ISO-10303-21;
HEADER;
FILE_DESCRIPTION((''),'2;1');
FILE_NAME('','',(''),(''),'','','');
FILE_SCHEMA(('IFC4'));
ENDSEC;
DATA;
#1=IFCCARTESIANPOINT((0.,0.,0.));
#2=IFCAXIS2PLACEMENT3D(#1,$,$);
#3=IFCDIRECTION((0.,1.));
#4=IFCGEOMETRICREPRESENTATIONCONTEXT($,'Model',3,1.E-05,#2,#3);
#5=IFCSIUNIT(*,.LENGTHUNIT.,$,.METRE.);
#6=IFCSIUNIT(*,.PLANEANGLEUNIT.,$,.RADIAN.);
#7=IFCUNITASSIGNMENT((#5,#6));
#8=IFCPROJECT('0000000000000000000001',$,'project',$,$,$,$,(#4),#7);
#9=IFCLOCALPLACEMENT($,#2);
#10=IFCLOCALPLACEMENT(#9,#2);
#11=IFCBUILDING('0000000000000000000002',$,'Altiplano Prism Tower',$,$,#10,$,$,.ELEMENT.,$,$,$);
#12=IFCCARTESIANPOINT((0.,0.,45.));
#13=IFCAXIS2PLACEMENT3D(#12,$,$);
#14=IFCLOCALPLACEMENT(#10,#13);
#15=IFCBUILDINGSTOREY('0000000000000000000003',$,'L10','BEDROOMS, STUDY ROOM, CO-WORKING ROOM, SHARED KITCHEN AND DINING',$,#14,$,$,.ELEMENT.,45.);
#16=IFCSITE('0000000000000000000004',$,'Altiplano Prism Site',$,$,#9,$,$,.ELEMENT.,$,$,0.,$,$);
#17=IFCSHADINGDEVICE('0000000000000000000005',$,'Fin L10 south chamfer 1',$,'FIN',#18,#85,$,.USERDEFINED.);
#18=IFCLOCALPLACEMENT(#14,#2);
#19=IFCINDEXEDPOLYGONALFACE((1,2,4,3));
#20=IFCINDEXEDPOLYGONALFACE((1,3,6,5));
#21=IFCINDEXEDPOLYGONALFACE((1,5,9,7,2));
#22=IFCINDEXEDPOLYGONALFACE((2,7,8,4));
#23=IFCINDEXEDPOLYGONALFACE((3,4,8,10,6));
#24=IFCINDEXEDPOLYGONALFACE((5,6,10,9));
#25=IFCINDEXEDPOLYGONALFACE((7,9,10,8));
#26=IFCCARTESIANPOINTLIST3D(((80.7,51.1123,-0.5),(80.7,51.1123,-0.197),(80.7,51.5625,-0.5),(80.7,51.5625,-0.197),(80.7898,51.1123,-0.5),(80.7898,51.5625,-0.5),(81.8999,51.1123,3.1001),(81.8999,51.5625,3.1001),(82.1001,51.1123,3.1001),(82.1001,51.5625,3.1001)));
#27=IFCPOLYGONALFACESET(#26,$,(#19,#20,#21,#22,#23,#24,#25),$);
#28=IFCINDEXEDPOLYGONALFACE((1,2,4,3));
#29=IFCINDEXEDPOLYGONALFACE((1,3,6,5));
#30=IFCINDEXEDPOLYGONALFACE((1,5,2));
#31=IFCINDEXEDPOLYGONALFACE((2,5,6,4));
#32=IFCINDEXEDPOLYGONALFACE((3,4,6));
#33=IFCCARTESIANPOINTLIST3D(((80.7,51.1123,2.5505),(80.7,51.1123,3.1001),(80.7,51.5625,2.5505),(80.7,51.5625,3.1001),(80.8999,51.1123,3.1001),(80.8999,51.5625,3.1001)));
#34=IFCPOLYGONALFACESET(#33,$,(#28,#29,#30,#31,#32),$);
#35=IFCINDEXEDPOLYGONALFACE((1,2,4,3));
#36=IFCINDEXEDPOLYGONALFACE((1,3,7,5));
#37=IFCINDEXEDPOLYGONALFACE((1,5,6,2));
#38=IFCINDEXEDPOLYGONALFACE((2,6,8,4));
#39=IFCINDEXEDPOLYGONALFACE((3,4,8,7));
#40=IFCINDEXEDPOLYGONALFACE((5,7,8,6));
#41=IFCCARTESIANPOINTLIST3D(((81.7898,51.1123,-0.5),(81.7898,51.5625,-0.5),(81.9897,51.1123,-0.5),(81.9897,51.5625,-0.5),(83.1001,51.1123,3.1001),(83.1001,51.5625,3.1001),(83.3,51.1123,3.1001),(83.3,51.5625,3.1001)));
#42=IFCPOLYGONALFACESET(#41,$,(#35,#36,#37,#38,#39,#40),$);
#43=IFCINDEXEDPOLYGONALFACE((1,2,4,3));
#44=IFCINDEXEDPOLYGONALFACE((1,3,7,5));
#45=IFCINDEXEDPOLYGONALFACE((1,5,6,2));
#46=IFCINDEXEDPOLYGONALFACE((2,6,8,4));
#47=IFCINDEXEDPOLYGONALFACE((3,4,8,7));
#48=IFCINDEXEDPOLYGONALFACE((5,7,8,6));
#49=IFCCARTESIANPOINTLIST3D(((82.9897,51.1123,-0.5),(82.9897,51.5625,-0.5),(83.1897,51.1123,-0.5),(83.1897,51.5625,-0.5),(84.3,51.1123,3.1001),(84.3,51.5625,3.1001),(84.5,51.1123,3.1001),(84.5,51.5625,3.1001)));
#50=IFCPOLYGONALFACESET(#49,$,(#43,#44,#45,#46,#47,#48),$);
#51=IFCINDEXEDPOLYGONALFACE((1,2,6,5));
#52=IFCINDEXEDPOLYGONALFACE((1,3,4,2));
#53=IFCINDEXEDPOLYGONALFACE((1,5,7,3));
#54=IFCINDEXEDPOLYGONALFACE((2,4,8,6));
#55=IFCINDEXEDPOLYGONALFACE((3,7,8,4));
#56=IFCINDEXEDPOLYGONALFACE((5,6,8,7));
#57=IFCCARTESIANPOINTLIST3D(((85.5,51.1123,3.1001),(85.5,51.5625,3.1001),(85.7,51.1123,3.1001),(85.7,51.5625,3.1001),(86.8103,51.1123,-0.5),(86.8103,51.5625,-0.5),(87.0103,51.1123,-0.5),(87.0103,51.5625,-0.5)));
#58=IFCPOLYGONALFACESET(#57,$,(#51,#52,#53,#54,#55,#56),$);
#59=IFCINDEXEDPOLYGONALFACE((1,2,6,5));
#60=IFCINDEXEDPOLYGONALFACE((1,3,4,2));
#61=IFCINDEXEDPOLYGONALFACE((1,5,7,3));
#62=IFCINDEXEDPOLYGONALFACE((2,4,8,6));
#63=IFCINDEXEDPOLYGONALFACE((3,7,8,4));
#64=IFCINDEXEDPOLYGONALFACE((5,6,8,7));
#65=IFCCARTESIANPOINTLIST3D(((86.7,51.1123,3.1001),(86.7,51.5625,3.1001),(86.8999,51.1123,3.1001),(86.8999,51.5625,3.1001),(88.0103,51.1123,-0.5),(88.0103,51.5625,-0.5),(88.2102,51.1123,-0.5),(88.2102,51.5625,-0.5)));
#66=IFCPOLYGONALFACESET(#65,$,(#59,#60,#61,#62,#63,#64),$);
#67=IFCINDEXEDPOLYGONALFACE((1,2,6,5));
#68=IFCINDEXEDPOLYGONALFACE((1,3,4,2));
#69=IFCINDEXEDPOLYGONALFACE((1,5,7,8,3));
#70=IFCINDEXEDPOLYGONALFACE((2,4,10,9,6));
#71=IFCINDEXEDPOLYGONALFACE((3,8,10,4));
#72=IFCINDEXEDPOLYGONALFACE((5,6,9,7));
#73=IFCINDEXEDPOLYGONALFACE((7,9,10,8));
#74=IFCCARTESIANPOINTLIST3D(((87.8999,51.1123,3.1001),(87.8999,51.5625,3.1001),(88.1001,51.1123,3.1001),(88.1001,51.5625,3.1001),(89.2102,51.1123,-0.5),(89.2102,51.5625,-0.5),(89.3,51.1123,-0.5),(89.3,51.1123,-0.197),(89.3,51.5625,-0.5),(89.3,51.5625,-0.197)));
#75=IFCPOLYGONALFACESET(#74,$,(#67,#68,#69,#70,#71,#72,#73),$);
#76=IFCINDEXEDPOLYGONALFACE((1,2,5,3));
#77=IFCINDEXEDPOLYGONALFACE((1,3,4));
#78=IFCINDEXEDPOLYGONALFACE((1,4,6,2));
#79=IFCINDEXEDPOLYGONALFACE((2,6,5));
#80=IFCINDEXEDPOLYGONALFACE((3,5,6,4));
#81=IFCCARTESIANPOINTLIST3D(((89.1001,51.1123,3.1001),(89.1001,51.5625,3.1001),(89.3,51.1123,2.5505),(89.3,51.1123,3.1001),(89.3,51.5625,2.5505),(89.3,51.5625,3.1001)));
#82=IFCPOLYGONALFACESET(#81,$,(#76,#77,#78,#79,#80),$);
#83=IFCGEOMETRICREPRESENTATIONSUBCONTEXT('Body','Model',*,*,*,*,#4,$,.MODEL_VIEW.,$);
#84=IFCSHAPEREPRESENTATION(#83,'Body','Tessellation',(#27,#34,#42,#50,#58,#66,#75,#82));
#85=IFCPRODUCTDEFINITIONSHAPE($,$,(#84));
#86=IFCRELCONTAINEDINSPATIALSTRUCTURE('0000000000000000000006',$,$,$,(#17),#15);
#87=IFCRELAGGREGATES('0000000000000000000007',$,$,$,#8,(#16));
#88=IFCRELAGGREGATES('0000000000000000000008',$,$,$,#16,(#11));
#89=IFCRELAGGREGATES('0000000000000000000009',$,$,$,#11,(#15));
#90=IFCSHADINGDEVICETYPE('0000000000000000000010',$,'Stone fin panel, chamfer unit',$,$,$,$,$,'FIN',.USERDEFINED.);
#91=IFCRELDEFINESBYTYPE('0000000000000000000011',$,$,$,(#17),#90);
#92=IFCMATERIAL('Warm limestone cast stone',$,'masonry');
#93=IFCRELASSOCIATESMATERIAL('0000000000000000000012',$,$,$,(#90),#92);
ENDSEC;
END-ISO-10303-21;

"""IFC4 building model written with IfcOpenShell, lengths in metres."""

from ifc_helpers import new_model, si_unit, direction, frame, origin, place, context, subcontext, project, spatial, polyline, outline, extrude, source, transform, mapped, material, type_object, element, save


model = new_model("IFC4")

# Units and contexts
model_context = context("Model", 3, precision=1e-05, world=origin(), true_north=direction((0.0, 1.0)))
body_context = subcontext(model_context, "Body", "Model", "MODEL_VIEW")
ifc_project = project(units=[si_unit("LENGTHUNIT", "METRE"), si_unit("PLANEANGLEUNIT", "RADIAN")], contexts=[model_context])

# Site, building, storey
site_placement = place(None, origin())
site = spatial("IfcSite", under=ifc_project, at=site_placement, Name="Altiplano Prism Site", CompositionType="ELEMENT", RefElevation=0.0)
building_placement = place(site_placement, origin())
building = spatial("IfcBuilding", under=site, at=building_placement, Name="Altiplano Prism Tower", CompositionType="ELEMENT")
storey_placement = place(building_placement, frame((0.0, 0.0, 45.0)))
storey = spatial("IfcBuildingStorey", under=building, at=storey_placement, Name="L10", Description="BEDROOMS, STUDY ROOM, CO-WORKING ROOM, SHARED KITCHEN AND DINING", CompositionType="ELEMENT", Elevation=45.0)

# Shading device
ifc_material_1 = material(Name="Warm limestone cast stone", Category="masonry")
shading_device_type_1 = type_object("IfcShadingDeviceType", Name="Stone fin panel, chamfer unit", ElementType="FIN", PredefinedType="USERDEFINED", material=ifc_material_1)
shared_shape_1 = source(origin(), body_context, "Body", "SweptSolid", [
    extrude(outline(polyline([(-4.3, 0.0), (-4.2102, 0.0), (-2.8999, 3.6001), (-3.1001, 3.6001), (-4.3, 0.303), (-4.3, 0.0)])), frame((0.0, -0.1499, 0.0), z_axis=(0.0, -1.0, 0.0), x_axis=(1.0, 0.0, 0.0)), (0.0, 0.0, 1.0), 0.4502),
    extrude(outline(polyline([(-4.3, 3.0505), (-4.1001, 3.6001), (-4.3, 3.6001), (-4.3, 3.0505)])), frame((0.0, -0.1499, 0.0), z_axis=(0.0, -1.0, 0.0), x_axis=(1.0, 0.0, 0.0)), (0.0, 0.0, 1.0), 0.4502),
    extrude(outline(polyline([(-3.2102, 0.0), (-3.0103, 0.0), (-1.7, 3.6001), (-1.8999, 3.6001), (-3.2102, 0.0)])), frame((0.0, -0.1499, 0.0), z_axis=(0.0, -1.0, 0.0), x_axis=(1.0, 0.0, 0.0)), (0.0, 0.0, 1.0), 0.4502),
    extrude(outline(polyline([(-2.0103, 0.0), (-1.8103, 0.0), (-0.5, 3.6001), (-0.7, 3.6001), (-2.0103, 0.0)])), frame((0.0, -0.1499, 0.0), z_axis=(0.0, -1.0, 0.0), x_axis=(1.0, 0.0, 0.0)), (0.0, 0.0, 1.0), 0.4502),
    extrude(outline(polyline([(1.8103, 0.0), (2.0103, 0.0), (0.7, 3.6001), (0.5, 3.6001), (1.8103, 0.0)])), frame((0.0, -0.1499, 0.0), z_axis=(0.0, -1.0, 0.0), x_axis=(1.0, 0.0, 0.0)), (0.0, 0.0, 1.0), 0.4502),
    extrude(outline(polyline([(3.0103, 0.0), (3.2102, 0.0), (1.8999, 3.6001), (1.7, 3.6001), (3.0103, 0.0)])), frame((0.0, -0.1499, 0.0), z_axis=(0.0, -1.0, 0.0), x_axis=(1.0, 0.0, 0.0)), (0.0, 0.0, 1.0), 0.4502),
    extrude(outline(polyline([(4.2102, 0.0), (4.3, 0.0), (4.3, 0.303), (3.1001, 3.6001), (2.8999, 3.6001), (4.2102, 0.0)])), frame((0.0, -0.1499, 0.0), z_axis=(0.0, -1.0, 0.0), x_axis=(1.0, 0.0, 0.0)), (0.0, 0.0, 1.0), 0.4502),
    extrude(outline(polyline([(4.3, 3.6001), (4.1001, 3.6001), (4.3, 3.0505), (4.3, 3.6001)])), frame((0.0, -0.1499, 0.0), z_axis=(0.0, -1.0, 0.0), x_axis=(1.0, 0.0, 0.0)), (0.0, 0.0, 1.0), 0.4502),
])
shading_device_1_placement = place(storey_placement, origin())
element("IfcShadingDevice", 1, at=shading_device_1_placement, inside=storey, type_object=shading_device_type_1, Name="Fin L10 south chamfer 1", ObjectType="FIN", PredefinedType="USERDEFINED", context=body_context, shape_type="MappedRepresentation", body=[
    mapped(shared_shape_1, transform((85.0, 51.7124, -0.5), x_axis=(1.0, 0.0, 0.0), y_axis=(0.0, 1.0, 0.0), z_axis=(0.0, 0.0, 1.0))),
])

save(model, "model.ifc")
